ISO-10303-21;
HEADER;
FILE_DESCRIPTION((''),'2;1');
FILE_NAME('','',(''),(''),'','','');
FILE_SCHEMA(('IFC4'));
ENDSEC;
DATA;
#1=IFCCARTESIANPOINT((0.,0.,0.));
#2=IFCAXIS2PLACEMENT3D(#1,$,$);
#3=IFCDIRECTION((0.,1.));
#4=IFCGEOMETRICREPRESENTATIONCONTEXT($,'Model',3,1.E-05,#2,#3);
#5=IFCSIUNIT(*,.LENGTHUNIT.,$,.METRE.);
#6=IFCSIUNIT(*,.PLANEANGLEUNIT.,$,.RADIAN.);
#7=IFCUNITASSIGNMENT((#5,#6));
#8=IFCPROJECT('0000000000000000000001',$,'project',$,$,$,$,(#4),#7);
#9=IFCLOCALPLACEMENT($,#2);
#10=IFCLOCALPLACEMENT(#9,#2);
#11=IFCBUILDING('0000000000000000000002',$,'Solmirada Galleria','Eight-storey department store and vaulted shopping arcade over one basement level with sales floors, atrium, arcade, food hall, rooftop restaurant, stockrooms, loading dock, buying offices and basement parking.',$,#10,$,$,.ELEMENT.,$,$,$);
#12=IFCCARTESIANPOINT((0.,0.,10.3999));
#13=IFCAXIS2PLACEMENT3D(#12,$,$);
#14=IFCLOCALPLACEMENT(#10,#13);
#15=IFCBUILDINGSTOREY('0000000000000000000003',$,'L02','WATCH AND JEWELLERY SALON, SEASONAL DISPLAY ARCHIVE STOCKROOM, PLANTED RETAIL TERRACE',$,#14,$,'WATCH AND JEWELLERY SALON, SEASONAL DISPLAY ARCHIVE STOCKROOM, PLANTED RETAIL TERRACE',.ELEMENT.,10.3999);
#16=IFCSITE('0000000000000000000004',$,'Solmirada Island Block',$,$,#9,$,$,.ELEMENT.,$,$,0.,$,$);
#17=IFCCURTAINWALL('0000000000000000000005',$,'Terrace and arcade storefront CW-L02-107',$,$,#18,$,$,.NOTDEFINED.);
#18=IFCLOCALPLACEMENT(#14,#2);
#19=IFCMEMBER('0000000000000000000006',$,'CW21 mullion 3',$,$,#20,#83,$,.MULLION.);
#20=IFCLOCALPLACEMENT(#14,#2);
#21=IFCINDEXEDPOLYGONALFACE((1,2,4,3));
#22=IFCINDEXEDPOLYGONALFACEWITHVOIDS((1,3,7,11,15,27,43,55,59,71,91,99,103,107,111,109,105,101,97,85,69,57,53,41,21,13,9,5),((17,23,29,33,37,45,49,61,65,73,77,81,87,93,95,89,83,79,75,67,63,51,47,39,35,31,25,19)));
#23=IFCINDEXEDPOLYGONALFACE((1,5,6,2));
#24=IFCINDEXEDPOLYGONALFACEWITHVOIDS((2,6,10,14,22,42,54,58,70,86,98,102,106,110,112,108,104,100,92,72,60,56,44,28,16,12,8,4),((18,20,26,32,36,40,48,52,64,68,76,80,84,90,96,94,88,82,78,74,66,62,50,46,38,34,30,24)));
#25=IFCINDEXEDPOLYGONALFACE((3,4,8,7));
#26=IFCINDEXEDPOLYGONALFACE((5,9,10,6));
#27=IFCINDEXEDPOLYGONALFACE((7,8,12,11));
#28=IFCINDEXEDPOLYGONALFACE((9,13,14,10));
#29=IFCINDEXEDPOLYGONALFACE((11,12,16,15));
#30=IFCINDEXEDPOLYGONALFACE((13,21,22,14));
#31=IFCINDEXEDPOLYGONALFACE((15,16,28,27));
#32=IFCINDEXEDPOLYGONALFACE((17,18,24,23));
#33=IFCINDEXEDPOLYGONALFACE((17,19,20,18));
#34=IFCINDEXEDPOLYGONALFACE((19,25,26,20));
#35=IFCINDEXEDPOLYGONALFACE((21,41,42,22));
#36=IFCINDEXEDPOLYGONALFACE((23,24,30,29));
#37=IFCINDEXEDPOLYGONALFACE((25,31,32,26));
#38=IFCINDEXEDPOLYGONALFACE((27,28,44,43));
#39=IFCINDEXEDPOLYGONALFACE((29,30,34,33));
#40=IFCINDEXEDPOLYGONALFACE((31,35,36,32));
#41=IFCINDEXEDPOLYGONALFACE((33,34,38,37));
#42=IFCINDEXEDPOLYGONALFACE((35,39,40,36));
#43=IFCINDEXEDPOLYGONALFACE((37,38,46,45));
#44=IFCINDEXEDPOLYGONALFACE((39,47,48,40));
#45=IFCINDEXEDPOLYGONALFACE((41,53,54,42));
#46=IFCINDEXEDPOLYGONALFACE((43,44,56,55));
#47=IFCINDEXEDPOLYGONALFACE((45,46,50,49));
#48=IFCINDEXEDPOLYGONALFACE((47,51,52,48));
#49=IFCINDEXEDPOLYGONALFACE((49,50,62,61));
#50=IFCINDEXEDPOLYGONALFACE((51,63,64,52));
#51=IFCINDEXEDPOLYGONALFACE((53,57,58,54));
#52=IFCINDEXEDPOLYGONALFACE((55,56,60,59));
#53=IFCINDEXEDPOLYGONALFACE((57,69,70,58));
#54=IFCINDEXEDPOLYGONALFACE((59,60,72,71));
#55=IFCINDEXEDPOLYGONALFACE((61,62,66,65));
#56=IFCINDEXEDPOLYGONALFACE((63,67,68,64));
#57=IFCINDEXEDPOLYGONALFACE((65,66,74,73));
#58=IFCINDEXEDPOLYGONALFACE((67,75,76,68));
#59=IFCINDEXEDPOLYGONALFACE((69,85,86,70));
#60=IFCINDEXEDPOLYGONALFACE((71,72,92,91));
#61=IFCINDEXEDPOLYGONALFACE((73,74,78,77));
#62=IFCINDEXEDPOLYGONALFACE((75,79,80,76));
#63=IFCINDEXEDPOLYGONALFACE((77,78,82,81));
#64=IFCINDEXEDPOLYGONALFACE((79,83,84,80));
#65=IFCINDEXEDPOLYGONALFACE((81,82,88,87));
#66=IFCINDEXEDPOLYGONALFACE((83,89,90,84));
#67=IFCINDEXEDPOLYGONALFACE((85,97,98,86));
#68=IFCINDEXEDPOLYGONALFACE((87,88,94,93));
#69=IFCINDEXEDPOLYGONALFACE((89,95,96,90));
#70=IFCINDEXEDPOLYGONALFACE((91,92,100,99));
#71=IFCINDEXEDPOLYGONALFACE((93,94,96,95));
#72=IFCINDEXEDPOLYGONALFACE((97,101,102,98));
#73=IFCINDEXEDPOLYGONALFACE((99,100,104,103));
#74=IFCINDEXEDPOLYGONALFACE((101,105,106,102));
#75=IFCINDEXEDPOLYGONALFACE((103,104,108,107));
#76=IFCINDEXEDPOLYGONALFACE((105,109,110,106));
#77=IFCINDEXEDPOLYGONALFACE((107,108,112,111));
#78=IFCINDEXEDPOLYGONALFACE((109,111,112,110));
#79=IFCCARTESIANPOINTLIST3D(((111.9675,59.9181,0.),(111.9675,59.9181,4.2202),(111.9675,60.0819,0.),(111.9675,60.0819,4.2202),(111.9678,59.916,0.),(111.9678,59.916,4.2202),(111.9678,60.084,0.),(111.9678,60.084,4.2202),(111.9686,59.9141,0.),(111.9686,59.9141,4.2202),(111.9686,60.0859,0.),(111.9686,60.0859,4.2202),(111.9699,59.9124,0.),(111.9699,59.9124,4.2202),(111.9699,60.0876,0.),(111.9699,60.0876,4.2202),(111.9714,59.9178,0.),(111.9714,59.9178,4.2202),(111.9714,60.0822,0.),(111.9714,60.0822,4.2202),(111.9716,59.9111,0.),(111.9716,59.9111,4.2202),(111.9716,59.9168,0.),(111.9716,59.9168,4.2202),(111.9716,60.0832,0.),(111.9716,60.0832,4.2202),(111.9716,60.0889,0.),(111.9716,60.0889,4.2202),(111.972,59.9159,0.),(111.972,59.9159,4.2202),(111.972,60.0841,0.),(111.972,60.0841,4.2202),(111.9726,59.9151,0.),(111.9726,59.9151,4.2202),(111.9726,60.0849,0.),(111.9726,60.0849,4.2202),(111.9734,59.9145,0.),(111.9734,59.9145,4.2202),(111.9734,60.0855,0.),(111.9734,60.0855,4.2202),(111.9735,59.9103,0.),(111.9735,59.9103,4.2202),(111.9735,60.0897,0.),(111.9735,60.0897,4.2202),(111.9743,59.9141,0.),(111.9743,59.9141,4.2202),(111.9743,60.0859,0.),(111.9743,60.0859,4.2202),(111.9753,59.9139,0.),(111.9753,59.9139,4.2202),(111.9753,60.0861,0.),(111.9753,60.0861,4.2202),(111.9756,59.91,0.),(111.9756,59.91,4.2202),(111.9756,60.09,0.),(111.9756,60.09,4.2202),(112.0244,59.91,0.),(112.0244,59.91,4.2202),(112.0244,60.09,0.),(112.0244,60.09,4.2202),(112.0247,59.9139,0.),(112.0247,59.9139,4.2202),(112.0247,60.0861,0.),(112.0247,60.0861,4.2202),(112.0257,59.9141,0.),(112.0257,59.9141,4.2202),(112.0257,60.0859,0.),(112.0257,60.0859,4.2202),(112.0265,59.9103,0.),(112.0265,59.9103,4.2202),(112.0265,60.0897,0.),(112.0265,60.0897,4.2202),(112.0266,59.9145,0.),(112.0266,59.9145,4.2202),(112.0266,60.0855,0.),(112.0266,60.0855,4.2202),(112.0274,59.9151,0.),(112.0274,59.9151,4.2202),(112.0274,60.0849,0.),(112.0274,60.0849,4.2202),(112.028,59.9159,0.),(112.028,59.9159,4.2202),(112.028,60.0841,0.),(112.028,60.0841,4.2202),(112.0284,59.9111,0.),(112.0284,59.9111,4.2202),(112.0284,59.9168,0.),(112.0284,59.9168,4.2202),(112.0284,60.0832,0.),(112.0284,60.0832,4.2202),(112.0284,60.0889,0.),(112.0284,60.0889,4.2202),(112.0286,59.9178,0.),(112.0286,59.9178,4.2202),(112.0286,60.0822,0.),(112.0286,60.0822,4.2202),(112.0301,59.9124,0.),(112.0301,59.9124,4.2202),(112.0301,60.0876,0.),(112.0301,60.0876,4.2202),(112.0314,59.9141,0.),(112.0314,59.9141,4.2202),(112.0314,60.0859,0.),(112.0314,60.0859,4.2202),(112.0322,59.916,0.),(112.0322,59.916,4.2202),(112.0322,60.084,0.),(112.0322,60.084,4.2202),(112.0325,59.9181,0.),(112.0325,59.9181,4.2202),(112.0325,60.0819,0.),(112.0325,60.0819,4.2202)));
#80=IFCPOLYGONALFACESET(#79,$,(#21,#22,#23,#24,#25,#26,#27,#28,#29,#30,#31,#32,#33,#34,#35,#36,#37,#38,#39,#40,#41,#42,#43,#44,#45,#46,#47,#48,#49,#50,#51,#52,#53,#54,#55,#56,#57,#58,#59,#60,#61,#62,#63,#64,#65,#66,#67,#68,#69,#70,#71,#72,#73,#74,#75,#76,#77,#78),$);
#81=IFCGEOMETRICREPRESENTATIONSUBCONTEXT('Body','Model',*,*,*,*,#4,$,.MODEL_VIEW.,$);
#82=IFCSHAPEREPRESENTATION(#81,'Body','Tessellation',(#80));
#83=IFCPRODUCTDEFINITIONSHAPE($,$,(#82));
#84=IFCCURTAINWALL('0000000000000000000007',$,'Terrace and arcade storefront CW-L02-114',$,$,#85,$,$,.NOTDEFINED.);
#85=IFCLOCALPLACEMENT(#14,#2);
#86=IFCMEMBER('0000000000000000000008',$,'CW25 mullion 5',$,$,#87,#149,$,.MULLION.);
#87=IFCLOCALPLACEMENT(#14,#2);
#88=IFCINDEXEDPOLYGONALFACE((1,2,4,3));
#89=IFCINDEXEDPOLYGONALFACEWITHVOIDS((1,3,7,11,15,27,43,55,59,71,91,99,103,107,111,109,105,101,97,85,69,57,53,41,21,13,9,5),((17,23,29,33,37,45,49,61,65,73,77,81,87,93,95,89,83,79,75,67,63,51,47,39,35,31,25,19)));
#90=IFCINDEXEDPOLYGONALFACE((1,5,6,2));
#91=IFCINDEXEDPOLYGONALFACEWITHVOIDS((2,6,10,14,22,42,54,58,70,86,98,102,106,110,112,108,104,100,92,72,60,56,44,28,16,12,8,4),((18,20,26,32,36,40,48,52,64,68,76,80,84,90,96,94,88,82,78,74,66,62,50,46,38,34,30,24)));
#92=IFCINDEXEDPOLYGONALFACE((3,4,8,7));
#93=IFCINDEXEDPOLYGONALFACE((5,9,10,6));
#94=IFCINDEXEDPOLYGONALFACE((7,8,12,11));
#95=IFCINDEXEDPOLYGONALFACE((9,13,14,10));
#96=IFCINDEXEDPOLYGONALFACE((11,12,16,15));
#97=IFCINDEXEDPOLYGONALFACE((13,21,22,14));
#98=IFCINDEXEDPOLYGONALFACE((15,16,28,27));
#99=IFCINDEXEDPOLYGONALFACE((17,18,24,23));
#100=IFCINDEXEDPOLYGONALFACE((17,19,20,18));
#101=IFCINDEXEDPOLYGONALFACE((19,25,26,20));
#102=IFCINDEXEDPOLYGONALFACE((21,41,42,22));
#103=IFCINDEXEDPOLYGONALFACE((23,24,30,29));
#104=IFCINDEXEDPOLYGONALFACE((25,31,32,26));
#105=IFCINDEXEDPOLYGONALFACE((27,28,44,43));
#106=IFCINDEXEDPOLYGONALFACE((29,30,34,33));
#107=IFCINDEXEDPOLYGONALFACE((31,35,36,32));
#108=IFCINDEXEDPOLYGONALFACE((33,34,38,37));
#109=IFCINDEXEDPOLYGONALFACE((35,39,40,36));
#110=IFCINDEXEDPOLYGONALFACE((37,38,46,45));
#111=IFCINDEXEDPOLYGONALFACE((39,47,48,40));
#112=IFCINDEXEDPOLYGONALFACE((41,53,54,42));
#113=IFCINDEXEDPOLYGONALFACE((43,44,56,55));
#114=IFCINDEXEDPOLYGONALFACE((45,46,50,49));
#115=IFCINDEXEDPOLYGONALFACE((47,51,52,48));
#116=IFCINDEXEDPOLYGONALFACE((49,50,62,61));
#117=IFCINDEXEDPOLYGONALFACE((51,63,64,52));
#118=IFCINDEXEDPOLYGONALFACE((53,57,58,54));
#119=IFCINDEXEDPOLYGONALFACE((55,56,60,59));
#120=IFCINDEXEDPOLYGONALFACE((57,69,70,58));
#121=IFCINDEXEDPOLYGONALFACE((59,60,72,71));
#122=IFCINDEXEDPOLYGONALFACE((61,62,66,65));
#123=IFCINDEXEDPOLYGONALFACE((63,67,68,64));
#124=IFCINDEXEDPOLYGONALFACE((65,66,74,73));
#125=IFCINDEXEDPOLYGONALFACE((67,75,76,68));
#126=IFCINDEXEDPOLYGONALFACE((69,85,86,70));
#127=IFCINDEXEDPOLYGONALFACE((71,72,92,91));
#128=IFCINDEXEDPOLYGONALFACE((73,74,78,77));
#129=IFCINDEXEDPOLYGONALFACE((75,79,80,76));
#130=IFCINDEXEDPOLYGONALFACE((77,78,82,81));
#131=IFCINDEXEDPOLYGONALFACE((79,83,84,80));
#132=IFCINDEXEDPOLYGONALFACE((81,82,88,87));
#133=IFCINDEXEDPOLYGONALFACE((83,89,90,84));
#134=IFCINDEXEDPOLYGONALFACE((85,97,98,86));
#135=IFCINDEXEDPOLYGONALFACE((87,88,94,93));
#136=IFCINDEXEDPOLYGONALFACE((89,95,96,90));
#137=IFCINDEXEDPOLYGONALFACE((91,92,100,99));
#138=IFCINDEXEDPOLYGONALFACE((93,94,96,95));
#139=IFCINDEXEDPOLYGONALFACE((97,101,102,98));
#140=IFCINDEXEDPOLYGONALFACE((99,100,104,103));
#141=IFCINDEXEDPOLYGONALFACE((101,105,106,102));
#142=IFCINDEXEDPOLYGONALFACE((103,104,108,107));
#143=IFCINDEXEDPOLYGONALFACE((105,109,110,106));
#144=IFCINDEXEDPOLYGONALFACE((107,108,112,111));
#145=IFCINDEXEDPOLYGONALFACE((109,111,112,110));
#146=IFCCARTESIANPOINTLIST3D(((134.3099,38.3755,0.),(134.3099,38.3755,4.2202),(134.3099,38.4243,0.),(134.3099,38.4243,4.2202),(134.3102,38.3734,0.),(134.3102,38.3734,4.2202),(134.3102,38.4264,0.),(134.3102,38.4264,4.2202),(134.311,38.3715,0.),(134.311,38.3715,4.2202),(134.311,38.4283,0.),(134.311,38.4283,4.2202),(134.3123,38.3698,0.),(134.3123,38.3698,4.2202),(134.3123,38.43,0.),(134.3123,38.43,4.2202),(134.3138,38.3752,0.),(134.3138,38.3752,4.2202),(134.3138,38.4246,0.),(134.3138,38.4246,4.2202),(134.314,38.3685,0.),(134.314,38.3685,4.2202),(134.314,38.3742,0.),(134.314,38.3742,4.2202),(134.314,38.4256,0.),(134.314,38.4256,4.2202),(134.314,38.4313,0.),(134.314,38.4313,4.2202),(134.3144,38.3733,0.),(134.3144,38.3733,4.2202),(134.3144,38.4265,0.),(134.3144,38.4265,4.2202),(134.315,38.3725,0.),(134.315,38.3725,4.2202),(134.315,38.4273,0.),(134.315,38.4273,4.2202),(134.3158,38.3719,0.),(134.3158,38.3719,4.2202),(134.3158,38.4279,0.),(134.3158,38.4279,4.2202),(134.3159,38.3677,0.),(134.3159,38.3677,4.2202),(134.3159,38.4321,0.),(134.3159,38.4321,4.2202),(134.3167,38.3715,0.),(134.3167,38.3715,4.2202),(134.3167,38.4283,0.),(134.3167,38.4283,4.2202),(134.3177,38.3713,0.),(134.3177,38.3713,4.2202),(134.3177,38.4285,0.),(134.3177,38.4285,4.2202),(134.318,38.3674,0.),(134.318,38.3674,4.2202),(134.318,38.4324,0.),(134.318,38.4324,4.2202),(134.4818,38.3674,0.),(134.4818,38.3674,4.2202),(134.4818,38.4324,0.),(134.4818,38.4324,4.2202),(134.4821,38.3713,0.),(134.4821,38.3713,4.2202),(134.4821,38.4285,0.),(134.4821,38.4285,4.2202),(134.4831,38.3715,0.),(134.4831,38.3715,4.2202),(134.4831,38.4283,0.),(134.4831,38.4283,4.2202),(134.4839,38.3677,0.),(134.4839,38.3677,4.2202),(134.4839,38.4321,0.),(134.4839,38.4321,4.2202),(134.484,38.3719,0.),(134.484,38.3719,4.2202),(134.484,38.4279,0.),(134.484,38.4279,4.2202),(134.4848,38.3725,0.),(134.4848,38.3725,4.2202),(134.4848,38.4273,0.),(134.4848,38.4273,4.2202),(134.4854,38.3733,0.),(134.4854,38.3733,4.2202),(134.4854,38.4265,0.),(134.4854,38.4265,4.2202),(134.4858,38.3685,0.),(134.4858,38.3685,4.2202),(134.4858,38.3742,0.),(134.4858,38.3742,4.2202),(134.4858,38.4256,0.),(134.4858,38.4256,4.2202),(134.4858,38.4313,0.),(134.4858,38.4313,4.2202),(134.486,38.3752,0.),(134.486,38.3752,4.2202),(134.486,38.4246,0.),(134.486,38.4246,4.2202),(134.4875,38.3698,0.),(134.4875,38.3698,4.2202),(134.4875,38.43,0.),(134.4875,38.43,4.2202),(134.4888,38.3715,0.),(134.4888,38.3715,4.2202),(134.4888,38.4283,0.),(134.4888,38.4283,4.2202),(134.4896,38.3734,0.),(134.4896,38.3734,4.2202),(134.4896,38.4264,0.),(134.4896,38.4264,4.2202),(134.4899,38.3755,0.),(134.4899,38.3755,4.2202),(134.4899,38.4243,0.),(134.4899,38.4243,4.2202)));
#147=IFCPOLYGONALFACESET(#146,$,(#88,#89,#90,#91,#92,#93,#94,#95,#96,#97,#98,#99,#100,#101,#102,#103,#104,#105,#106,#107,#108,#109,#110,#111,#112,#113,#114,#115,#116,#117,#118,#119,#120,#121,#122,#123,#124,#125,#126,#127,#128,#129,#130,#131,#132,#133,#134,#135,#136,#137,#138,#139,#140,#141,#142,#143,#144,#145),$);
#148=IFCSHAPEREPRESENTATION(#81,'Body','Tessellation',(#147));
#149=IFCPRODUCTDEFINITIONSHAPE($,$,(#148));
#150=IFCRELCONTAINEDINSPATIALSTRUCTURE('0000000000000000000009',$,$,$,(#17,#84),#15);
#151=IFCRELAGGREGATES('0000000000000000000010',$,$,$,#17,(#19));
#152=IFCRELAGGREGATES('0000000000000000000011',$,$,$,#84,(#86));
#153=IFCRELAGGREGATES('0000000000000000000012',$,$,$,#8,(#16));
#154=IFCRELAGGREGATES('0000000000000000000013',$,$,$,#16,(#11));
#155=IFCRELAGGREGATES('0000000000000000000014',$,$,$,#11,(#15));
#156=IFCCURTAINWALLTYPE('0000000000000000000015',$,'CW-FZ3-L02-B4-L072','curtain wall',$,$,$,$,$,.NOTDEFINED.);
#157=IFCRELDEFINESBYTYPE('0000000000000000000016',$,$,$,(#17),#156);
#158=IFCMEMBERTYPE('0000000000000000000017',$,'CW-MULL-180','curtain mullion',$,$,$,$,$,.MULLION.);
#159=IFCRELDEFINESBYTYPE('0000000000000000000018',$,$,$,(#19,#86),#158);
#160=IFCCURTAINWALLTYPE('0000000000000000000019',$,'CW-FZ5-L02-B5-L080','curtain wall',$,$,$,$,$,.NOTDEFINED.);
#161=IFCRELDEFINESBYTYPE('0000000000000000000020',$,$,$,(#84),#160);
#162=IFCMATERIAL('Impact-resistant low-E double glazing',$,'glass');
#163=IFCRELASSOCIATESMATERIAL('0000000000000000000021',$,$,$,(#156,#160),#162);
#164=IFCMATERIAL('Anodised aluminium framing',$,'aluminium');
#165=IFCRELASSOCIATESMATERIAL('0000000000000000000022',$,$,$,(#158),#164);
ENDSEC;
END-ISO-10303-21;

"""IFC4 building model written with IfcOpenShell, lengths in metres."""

from ifc_helpers import new_model, si_unit, direction, frame, origin, origin_2d, place, context, subcontext, project, spatial, hollow_rectangle, extrude, material, material_profile, profile_set, type_object, element, aggregate, save


model = new_model("IFC4")

# Units and contexts
model_context = context("Model", 3, precision=1e-05, world=origin(), true_north=direction((0.0, 1.0)))
body_context = subcontext(model_context, "Body", "Model", "MODEL_VIEW")
ifc_project = project(units=[si_unit("LENGTHUNIT", "METRE"), si_unit("PLANEANGLEUNIT", "RADIAN")], contexts=[model_context])

# Site, building, storey
site_placement = place(None, origin())
site = spatial("IfcSite", under=ifc_project, at=site_placement, Name="Solmirada Island Block", CompositionType="ELEMENT", RefElevation=0.0)
building_placement = place(site_placement, origin())
building = spatial("IfcBuilding", under=site, at=building_placement, Name="Solmirada Galleria", Description="Eight-storey department store and vaulted shopping arcade over one basement level with sales floors, atrium, arcade, food hall, rooftop restaurant, stockrooms, loading dock, buying offices and basement parking.", CompositionType="ELEMENT")
storey_placement = place(building_placement, frame((0.0, 0.0, 10.3999)))
storey = spatial("IfcBuildingStorey", under=building, at=storey_placement, Name="L02", Description="WATCH AND JEWELLERY SALON, SEASONAL DISPLAY ARCHIVE STOCKROOM, PLANTED RETAIL TERRACE", LongName="WATCH AND JEWELLERY SALON, SEASONAL DISPLAY ARCHIVE STOCKROOM, PLANTED RETAIL TERRACE", CompositionType="ELEMENT", Elevation=10.3999)

# Curtain walls, members
ifc_material_1 = material(Name="Impact-resistant low-E double glazing", Category="glass")
curtain_wall_type_1 = type_object("IfcCurtainWallType", Name="CW-FZ3-L02-B4-L072", Description="curtain wall", PredefinedType="NOTDEFINED", material=ifc_material_1)
curtain_wall_1_placement = place(storey_placement, origin())
curtain_wall_1 = element("IfcCurtainWall", 1, at=curtain_wall_1_placement, inside=storey, type_object=curtain_wall_type_1, Name="Terrace and arcade storefront CW-L02-107", PredefinedType="NOTDEFINED")
ifc_material_2 = material(Name="Anodised aluminium framing", Category="aluminium")
ifc_material_profile_1 = material_profile(ifc_material_2, hollow_rectangle(XDim=0.0649, YDim=0.1799, WallThickness=0.0039, InnerFilletRadius=0.0039, OuterFilletRadius=0.0081, at=origin_2d()), Name="ALU-MULL-180X65")
ifc_profile_set_1 = profile_set([ifc_material_profile_1], Name="Anodised aluminium framing")
member_type_1 = type_object("IfcMemberType", Name="CW-MULL-180", Description="curtain mullion", PredefinedType="MULLION", material=ifc_profile_set_1)
member_1_placement = place(storey_placement, frame((112.0, 60.0, 0.0), z_axis=(0.0, 0.0, 1.0), x_axis=(1.0, 0.0, 0.0)))
member_1 = element("IfcMember", 2, at=member_1_placement, type_object=member_type_1, Name="CW21 mullion 3", PredefinedType="MULLION", context=body_context, shape_type="SweptSolid", body=[
    extrude(hollow_rectangle(XDim=0.0649, YDim=0.1799, WallThickness=0.0039, InnerFilletRadius=0.0039, OuterFilletRadius=0.0081, at=origin_2d()), origin(), (0.0, 0.0, 1.0), 4.2202),
])
curtain_wall_type_2 = type_object("IfcCurtainWallType", Name="CW-FZ5-L02-B5-L080", Description="curtain wall", PredefinedType="NOTDEFINED", material=ifc_material_1)
curtain_wall_2_placement = place(storey_placement, origin())
curtain_wall_2 = element("IfcCurtainWall", 3, at=curtain_wall_2_placement, inside=storey, type_object=curtain_wall_type_2, Name="Terrace and arcade storefront CW-L02-114", PredefinedType="NOTDEFINED")
member_2_placement = place(storey_placement, frame((134.3999, 38.3999, 0.0), z_axis=(0.0, 0.0, 1.0), x_axis=(0.0, 1.0, 0.0)))
member_2 = element("IfcMember", 4, at=member_2_placement, type_object=member_type_1, Name="CW25 mullion 5", PredefinedType="MULLION", context=body_context, shape_type="SweptSolid", body=[
    extrude(hollow_rectangle(XDim=0.0649, YDim=0.1799, WallThickness=0.0039, InnerFilletRadius=0.0039, OuterFilletRadius=0.0081, at=origin_2d()), origin(), (0.0, 0.0, 1.0), 4.2202),
])

aggregate(curtain_wall_1, [member_1])
aggregate(curtain_wall_2, [member_2])

save(model, "model.ifc")
